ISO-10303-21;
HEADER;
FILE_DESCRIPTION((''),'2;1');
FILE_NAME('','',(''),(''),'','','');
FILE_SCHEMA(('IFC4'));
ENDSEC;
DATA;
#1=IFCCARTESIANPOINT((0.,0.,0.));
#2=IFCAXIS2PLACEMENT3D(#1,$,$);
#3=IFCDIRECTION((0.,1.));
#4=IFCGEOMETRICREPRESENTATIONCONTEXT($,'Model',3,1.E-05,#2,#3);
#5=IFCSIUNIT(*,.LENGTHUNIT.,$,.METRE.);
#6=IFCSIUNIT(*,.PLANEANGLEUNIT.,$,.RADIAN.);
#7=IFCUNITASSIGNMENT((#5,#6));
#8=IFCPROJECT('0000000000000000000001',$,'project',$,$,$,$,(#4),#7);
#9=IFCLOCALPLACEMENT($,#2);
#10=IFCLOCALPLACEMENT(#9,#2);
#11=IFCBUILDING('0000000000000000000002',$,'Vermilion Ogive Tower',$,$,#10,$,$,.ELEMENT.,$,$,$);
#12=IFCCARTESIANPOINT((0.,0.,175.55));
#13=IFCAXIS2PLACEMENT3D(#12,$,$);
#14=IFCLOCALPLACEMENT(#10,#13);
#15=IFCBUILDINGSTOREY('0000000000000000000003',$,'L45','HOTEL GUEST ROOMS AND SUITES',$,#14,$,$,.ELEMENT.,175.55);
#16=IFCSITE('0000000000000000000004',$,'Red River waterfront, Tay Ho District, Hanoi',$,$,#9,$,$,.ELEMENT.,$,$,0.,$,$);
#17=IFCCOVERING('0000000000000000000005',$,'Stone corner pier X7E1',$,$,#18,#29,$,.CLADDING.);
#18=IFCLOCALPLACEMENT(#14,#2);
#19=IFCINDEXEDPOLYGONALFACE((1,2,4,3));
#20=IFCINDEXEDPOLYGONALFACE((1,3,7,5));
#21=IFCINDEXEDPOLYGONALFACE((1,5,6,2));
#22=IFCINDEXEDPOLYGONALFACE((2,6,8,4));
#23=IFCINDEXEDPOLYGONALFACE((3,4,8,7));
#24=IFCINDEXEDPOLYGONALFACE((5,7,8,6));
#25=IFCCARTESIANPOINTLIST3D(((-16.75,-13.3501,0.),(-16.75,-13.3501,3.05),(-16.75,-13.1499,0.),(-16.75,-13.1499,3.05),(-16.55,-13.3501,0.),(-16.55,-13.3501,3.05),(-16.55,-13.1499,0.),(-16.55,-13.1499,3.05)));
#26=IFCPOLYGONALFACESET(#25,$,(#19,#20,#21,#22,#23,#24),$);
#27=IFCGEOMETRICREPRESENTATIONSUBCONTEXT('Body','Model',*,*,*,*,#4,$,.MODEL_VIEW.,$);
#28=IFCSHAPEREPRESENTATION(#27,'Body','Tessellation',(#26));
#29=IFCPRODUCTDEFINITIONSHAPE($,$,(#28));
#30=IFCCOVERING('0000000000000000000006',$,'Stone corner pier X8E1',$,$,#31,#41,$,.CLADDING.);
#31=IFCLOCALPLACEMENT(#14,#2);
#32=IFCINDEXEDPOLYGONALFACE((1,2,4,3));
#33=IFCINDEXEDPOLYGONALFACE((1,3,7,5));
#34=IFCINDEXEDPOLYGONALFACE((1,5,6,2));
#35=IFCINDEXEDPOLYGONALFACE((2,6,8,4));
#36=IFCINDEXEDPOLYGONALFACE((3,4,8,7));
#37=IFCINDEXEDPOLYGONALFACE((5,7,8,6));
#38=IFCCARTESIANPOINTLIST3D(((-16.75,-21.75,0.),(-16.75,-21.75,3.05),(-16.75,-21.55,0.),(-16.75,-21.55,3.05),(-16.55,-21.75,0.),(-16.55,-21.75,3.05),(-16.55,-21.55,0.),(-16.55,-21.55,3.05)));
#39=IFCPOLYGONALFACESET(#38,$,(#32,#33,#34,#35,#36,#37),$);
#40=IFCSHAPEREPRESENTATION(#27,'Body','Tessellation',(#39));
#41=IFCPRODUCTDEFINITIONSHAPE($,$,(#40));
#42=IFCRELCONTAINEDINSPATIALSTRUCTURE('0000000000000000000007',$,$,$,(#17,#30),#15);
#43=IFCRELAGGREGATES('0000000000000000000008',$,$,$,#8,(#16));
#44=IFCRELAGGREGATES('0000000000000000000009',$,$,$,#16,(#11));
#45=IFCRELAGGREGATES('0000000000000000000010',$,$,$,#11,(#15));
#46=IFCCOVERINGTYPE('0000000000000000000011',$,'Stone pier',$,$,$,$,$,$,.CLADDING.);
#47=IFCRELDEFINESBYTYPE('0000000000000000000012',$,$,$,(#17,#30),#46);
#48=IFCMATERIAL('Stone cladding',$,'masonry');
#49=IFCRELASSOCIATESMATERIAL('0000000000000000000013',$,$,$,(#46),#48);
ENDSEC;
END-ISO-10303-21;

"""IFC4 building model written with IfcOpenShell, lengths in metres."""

from ifc_helpers import new_model, si_unit, direction, frame, origin, place, context, subcontext, project, spatial, polyline, outline, extrude, material, type_object, element, save


model = new_model("IFC4")

# Units and contexts
model_context = context("Model", 3, precision=1e-05, world=origin(), true_north=direction((0.0, 1.0)))
body_context = subcontext(model_context, "Body", "Model", "MODEL_VIEW")
ifc_project = project(units=[si_unit("LENGTHUNIT", "METRE"), si_unit("PLANEANGLEUNIT", "RADIAN")], contexts=[model_context])

# Site, building, storey
site_placement = place(None, origin())
site = spatial("IfcSite", under=ifc_project, at=site_placement, Name="Red River waterfront, Tay Ho District, Hanoi", CompositionType="ELEMENT", RefElevation=0.0)
building_placement = place(site_placement, origin())
building = spatial("IfcBuilding", under=site, at=building_placement, Name="Vermilion Ogive Tower", CompositionType="ELEMENT")
storey_placement = place(building_placement, frame((0.0, 0.0, 175.55)))
storey = spatial("IfcBuildingStorey", under=building, at=storey_placement, Name="L45", Description="HOTEL GUEST ROOMS AND SUITES", CompositionType="ELEMENT", Elevation=175.55)

# Coverings
ifc_material_1 = material(Name="Stone cladding", Category="masonry")
covering_type_1 = type_object("IfcCoveringType", Name="Stone pier", PredefinedType="CLADDING", material=ifc_material_1)
covering_1_placement = place(storey_placement, origin())
element("IfcCovering", 1, at=covering_1_placement, inside=storey, type_object=covering_type_1, Name="Stone corner pier X7E1", PredefinedType="CLADDING", context=body_context, shape_type="SweptSolid", body=[
    extrude(outline(polyline([(-16.55, -13.1499), (-16.55, -13.3501), (-16.75, -13.3501), (-16.75, -13.1499), (-16.55, -13.1499)])), origin(), (0.0, 0.0, 1.0), 3.05),
])
covering_2_placement = place(storey_placement, origin())
element("IfcCovering", 2, at=covering_2_placement, inside=storey, type_object=covering_type_1, Name="Stone corner pier X8E1", PredefinedType="CLADDING", context=body_context, shape_type="SweptSolid", body=[
    extrude(outline(polyline([(-16.55, -21.55), (-16.55, -21.75), (-16.75, -21.75), (-16.75, -21.55), (-16.55, -21.55)])), origin(), (0.0, 0.0, 1.0), 3.05),
])

save(model, "model.ifc")
